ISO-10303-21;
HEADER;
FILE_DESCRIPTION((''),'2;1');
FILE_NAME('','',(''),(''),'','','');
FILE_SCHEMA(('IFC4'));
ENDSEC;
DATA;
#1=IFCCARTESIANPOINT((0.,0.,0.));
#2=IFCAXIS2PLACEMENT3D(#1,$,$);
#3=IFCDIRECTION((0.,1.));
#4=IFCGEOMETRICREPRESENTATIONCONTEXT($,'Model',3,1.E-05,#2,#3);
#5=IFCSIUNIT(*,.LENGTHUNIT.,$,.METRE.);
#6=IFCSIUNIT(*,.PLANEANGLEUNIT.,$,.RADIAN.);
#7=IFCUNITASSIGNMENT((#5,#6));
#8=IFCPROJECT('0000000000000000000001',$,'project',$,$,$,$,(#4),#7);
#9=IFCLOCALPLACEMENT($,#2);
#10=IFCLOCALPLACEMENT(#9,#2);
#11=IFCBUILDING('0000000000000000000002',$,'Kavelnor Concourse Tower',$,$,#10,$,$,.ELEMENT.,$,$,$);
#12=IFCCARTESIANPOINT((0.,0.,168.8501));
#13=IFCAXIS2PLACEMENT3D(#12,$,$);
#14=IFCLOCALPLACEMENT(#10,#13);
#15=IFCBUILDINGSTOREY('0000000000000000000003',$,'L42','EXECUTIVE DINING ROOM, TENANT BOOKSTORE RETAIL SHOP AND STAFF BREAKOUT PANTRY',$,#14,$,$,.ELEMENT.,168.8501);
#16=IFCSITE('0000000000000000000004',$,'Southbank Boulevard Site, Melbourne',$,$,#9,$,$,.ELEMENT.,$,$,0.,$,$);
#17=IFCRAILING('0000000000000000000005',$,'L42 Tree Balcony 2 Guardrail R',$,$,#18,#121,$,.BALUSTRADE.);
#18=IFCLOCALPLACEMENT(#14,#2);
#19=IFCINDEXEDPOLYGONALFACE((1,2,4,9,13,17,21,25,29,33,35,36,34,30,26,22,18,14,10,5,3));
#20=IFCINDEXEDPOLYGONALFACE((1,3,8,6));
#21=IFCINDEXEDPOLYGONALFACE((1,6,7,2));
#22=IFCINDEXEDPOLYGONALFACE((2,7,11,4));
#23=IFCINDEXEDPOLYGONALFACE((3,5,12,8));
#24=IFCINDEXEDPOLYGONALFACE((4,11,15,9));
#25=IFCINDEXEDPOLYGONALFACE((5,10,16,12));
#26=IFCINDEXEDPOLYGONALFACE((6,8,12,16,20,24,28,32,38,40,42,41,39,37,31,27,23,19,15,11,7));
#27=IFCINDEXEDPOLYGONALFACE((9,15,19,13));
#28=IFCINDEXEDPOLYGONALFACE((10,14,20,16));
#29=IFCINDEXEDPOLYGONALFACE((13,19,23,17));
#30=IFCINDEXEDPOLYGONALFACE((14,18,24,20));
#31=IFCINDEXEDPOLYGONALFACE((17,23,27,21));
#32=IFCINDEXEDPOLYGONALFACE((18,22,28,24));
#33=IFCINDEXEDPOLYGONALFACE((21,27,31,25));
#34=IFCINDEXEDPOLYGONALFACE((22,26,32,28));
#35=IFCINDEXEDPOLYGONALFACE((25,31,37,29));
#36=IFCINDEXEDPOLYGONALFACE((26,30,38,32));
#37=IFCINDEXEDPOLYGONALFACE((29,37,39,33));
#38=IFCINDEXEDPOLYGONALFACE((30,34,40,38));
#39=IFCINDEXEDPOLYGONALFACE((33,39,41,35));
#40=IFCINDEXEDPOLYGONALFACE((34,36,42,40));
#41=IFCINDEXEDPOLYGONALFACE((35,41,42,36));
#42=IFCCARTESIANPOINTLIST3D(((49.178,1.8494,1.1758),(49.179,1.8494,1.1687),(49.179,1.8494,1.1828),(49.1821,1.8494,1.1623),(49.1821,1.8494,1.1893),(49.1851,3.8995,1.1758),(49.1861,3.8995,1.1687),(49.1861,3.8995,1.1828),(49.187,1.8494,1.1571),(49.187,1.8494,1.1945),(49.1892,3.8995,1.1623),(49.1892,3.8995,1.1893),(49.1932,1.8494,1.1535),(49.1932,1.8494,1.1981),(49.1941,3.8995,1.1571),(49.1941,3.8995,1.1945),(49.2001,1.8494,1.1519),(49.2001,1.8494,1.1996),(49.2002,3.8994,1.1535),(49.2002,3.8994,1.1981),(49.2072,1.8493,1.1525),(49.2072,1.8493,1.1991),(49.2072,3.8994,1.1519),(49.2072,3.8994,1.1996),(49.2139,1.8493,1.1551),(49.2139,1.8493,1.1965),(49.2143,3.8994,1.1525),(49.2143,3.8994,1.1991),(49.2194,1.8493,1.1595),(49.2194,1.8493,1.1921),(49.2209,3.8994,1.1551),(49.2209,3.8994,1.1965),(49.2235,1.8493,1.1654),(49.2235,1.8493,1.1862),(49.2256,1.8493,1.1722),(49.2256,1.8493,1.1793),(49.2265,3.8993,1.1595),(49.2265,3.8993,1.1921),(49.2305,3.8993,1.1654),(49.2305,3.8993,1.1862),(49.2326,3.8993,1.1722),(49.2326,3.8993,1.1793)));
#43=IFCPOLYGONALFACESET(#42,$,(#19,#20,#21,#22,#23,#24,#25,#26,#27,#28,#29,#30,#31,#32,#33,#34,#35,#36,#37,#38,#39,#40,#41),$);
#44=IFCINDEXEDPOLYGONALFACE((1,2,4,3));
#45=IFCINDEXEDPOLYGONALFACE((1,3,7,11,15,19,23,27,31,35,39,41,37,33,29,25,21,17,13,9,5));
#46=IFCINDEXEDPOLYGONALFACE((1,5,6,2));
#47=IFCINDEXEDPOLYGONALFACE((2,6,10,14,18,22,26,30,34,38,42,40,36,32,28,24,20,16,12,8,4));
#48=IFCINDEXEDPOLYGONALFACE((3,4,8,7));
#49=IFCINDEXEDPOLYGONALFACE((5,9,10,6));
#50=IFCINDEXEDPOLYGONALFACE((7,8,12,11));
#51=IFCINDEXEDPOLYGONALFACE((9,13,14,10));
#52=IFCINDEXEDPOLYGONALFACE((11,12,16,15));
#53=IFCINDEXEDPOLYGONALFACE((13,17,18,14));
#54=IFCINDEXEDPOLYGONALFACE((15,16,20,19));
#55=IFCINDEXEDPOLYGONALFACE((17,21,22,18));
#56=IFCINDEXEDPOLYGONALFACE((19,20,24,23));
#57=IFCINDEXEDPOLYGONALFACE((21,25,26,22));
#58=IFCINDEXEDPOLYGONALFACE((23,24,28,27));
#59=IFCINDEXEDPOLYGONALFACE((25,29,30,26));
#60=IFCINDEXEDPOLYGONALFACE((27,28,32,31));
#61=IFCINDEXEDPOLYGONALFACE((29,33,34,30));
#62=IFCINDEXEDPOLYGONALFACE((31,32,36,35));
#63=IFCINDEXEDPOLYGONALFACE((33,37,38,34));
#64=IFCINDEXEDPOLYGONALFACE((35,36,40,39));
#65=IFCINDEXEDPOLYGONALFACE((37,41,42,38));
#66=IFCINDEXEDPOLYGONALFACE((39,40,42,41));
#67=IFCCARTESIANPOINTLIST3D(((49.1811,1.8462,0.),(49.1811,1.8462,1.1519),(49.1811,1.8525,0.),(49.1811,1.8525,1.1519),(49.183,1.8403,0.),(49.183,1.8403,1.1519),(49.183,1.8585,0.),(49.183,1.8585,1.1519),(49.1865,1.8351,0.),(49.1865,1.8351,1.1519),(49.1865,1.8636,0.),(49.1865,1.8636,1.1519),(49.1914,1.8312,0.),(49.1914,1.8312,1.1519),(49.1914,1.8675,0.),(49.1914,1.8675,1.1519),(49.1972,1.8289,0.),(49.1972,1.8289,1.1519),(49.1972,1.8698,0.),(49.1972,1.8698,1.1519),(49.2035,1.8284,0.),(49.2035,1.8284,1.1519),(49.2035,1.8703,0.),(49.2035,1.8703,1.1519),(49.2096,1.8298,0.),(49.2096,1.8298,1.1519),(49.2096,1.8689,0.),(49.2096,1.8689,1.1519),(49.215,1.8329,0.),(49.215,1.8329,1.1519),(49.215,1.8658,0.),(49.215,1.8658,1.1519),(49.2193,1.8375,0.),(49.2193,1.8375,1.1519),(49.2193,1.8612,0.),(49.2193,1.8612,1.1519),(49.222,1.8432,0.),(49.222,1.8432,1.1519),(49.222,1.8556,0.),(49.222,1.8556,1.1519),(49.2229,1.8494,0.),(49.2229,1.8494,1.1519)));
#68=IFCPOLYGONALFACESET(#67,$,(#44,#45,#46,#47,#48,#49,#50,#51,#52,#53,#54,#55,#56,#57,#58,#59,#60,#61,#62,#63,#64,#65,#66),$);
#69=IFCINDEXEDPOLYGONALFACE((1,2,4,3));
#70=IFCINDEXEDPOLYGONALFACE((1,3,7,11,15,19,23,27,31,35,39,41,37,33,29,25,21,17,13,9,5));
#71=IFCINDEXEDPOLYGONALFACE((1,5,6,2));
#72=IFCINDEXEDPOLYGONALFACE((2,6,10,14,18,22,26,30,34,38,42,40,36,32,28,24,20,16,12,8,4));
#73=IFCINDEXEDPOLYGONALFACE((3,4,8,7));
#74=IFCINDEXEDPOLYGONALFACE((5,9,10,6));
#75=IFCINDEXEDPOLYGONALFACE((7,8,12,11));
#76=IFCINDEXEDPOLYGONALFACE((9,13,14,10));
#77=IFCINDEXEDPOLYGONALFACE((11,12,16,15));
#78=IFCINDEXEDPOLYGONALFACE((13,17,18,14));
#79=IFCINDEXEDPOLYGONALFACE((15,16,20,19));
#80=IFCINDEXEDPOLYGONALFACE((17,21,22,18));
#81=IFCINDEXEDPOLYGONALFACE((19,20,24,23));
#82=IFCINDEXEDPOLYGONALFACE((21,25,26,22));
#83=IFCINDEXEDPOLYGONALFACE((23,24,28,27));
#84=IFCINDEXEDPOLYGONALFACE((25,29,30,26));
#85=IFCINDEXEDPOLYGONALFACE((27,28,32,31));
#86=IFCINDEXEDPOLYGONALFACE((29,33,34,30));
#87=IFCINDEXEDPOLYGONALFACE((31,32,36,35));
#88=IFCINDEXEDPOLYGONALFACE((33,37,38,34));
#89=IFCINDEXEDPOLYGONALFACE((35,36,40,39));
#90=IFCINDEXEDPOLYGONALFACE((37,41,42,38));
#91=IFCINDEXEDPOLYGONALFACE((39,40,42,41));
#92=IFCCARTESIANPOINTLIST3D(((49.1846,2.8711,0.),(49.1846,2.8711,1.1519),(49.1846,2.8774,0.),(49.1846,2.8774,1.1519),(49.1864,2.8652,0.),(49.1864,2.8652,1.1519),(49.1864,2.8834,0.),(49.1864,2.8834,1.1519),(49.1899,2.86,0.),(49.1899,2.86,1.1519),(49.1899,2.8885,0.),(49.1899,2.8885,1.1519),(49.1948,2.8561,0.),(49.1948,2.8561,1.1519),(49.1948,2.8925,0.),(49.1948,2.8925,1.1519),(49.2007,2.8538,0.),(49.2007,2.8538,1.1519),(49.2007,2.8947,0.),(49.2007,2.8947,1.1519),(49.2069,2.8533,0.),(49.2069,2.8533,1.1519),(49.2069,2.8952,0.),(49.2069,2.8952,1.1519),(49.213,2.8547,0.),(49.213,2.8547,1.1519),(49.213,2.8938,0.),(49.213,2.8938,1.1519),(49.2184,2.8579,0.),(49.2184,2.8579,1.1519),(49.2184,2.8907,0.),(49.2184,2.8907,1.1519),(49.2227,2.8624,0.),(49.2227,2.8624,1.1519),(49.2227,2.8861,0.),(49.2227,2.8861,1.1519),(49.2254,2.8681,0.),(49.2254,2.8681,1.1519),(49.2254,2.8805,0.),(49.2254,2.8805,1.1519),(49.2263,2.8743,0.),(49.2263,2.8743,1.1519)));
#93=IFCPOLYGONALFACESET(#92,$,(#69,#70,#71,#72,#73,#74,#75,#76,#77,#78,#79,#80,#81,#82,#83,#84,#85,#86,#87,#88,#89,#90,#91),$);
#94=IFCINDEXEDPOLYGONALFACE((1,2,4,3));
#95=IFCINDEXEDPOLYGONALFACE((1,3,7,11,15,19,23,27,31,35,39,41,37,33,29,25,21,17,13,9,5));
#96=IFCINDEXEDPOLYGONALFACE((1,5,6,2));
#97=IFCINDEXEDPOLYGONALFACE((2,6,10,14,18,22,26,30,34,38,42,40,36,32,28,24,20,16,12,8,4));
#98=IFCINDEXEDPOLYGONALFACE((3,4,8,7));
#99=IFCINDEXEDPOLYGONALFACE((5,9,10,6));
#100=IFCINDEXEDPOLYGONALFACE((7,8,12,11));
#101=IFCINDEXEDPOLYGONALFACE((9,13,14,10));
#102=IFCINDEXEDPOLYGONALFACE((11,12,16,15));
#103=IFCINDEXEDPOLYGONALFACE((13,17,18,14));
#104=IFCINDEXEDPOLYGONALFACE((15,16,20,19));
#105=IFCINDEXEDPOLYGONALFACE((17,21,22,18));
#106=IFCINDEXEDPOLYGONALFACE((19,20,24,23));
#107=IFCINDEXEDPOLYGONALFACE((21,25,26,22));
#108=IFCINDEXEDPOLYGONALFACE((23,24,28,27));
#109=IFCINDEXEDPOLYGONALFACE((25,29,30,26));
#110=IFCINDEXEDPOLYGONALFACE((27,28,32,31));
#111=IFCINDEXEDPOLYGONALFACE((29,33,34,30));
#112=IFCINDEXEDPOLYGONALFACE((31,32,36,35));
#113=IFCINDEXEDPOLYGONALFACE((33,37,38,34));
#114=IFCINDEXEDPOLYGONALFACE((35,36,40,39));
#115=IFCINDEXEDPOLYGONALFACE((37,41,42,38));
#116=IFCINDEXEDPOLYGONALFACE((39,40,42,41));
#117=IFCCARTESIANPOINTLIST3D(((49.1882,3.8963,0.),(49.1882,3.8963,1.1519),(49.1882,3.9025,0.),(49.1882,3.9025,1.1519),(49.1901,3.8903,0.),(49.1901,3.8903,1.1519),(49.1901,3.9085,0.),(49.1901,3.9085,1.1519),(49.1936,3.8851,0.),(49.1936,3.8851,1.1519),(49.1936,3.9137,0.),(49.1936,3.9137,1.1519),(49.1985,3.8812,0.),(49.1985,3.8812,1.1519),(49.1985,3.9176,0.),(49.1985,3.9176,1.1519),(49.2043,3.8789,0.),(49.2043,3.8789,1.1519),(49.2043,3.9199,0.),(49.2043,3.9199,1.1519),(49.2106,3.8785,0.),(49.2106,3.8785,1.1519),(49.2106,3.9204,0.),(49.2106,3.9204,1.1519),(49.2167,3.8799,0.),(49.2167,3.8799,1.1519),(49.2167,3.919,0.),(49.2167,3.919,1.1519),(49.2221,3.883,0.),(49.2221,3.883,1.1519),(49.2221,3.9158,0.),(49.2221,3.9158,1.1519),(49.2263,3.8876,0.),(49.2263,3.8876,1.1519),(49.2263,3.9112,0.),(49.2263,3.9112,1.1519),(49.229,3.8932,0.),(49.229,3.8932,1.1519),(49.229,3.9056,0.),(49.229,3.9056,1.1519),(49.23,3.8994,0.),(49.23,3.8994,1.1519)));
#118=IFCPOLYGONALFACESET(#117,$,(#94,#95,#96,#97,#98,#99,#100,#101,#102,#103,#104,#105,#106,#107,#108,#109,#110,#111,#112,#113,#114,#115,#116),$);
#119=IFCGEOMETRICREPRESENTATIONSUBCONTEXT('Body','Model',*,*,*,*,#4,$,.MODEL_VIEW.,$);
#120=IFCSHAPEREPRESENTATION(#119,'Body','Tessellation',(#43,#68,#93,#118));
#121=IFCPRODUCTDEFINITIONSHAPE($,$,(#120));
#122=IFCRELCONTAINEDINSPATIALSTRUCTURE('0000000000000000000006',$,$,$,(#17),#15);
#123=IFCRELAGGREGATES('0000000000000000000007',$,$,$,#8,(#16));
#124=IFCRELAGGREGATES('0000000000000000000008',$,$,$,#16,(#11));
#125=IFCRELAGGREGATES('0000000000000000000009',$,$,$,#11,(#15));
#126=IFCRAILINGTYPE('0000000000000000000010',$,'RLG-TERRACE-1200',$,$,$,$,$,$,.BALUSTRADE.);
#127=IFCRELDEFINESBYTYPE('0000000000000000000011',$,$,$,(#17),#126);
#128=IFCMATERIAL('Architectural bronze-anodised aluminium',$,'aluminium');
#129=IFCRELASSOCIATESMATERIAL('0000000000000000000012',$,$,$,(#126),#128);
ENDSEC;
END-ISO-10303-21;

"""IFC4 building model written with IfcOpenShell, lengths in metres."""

from ifc_helpers import new_model, si_unit, direction, frame, origin, origin_2d, place, context, subcontext, project, spatial, circle, extrude, material, type_object, element, save


model = new_model("IFC4")

# Units and contexts
model_context = context("Model", 3, precision=1e-05, world=origin(), true_north=direction((0.0, 1.0)))
body_context = subcontext(model_context, "Body", "Model", "MODEL_VIEW")
ifc_project = project(units=[si_unit("LENGTHUNIT", "METRE"), si_unit("PLANEANGLEUNIT", "RADIAN")], contexts=[model_context])

# Site, building, storey
site_placement = place(None, origin())
site = spatial("IfcSite", under=ifc_project, at=site_placement, Name="Southbank Boulevard Site, Melbourne", CompositionType="ELEMENT", RefElevation=0.0)
building_placement = place(site_placement, origin())
building = spatial("IfcBuilding", under=site, at=building_placement, Name="Kavelnor Concourse Tower", CompositionType="ELEMENT")
storey_placement = place(building_placement, frame((0.0, 0.0, 168.8501)))
storey = spatial("IfcBuildingStorey", under=building, at=storey_placement, Name="L42", Description="EXECUTIVE DINING ROOM, TENANT BOOKSTORE RETAIL SHOP AND STAFF BREAKOUT PANTRY", CompositionType="ELEMENT", Elevation=168.8501)

# Railing
ifc_material_1 = material(Name="Architectural bronze-anodised aluminium", Category="aluminium")
railing_type_1 = type_object("IfcRailingType", Name="RLG-TERRACE-1200", PredefinedType="BALUSTRADE", material=ifc_material_1)
railing_1_placement = place(storey_placement, frame((49.2019, 1.8494, 0.0)))
element("IfcRailing", 1, at=railing_1_placement, inside=storey, type_object=railing_type_1, Name="L42 Tree Balcony 2 Guardrail R", PredefinedType="BALUSTRADE", context=body_context, shape_type="SweptSolid", body=[
    extrude(circle(Radius=0.0239, at=origin_2d()), frame((0.0, 0.0, 1.1758), z_axis=(0.003454, 0.999994, 0.0), x_axis=(-0.999994, 0.003454, 0.0)), (0.0, 0.0, 1.0), 2.05),
    extrude(circle(Radius=0.021, at=origin_2d()), origin(), (0.0, 0.0, 1.0), 1.1519),
    extrude(circle(Radius=0.021, at=origin_2d()), frame((0.0034, 1.0249, 0.0)), (0.0, 0.0, 1.0), 1.1519),
    extrude(circle(Radius=0.021, at=origin_2d()), frame((0.0071, 2.05, 0.0)), (0.0, 0.0, 1.0), 1.1519),
])

save(model, "model.ifc")
